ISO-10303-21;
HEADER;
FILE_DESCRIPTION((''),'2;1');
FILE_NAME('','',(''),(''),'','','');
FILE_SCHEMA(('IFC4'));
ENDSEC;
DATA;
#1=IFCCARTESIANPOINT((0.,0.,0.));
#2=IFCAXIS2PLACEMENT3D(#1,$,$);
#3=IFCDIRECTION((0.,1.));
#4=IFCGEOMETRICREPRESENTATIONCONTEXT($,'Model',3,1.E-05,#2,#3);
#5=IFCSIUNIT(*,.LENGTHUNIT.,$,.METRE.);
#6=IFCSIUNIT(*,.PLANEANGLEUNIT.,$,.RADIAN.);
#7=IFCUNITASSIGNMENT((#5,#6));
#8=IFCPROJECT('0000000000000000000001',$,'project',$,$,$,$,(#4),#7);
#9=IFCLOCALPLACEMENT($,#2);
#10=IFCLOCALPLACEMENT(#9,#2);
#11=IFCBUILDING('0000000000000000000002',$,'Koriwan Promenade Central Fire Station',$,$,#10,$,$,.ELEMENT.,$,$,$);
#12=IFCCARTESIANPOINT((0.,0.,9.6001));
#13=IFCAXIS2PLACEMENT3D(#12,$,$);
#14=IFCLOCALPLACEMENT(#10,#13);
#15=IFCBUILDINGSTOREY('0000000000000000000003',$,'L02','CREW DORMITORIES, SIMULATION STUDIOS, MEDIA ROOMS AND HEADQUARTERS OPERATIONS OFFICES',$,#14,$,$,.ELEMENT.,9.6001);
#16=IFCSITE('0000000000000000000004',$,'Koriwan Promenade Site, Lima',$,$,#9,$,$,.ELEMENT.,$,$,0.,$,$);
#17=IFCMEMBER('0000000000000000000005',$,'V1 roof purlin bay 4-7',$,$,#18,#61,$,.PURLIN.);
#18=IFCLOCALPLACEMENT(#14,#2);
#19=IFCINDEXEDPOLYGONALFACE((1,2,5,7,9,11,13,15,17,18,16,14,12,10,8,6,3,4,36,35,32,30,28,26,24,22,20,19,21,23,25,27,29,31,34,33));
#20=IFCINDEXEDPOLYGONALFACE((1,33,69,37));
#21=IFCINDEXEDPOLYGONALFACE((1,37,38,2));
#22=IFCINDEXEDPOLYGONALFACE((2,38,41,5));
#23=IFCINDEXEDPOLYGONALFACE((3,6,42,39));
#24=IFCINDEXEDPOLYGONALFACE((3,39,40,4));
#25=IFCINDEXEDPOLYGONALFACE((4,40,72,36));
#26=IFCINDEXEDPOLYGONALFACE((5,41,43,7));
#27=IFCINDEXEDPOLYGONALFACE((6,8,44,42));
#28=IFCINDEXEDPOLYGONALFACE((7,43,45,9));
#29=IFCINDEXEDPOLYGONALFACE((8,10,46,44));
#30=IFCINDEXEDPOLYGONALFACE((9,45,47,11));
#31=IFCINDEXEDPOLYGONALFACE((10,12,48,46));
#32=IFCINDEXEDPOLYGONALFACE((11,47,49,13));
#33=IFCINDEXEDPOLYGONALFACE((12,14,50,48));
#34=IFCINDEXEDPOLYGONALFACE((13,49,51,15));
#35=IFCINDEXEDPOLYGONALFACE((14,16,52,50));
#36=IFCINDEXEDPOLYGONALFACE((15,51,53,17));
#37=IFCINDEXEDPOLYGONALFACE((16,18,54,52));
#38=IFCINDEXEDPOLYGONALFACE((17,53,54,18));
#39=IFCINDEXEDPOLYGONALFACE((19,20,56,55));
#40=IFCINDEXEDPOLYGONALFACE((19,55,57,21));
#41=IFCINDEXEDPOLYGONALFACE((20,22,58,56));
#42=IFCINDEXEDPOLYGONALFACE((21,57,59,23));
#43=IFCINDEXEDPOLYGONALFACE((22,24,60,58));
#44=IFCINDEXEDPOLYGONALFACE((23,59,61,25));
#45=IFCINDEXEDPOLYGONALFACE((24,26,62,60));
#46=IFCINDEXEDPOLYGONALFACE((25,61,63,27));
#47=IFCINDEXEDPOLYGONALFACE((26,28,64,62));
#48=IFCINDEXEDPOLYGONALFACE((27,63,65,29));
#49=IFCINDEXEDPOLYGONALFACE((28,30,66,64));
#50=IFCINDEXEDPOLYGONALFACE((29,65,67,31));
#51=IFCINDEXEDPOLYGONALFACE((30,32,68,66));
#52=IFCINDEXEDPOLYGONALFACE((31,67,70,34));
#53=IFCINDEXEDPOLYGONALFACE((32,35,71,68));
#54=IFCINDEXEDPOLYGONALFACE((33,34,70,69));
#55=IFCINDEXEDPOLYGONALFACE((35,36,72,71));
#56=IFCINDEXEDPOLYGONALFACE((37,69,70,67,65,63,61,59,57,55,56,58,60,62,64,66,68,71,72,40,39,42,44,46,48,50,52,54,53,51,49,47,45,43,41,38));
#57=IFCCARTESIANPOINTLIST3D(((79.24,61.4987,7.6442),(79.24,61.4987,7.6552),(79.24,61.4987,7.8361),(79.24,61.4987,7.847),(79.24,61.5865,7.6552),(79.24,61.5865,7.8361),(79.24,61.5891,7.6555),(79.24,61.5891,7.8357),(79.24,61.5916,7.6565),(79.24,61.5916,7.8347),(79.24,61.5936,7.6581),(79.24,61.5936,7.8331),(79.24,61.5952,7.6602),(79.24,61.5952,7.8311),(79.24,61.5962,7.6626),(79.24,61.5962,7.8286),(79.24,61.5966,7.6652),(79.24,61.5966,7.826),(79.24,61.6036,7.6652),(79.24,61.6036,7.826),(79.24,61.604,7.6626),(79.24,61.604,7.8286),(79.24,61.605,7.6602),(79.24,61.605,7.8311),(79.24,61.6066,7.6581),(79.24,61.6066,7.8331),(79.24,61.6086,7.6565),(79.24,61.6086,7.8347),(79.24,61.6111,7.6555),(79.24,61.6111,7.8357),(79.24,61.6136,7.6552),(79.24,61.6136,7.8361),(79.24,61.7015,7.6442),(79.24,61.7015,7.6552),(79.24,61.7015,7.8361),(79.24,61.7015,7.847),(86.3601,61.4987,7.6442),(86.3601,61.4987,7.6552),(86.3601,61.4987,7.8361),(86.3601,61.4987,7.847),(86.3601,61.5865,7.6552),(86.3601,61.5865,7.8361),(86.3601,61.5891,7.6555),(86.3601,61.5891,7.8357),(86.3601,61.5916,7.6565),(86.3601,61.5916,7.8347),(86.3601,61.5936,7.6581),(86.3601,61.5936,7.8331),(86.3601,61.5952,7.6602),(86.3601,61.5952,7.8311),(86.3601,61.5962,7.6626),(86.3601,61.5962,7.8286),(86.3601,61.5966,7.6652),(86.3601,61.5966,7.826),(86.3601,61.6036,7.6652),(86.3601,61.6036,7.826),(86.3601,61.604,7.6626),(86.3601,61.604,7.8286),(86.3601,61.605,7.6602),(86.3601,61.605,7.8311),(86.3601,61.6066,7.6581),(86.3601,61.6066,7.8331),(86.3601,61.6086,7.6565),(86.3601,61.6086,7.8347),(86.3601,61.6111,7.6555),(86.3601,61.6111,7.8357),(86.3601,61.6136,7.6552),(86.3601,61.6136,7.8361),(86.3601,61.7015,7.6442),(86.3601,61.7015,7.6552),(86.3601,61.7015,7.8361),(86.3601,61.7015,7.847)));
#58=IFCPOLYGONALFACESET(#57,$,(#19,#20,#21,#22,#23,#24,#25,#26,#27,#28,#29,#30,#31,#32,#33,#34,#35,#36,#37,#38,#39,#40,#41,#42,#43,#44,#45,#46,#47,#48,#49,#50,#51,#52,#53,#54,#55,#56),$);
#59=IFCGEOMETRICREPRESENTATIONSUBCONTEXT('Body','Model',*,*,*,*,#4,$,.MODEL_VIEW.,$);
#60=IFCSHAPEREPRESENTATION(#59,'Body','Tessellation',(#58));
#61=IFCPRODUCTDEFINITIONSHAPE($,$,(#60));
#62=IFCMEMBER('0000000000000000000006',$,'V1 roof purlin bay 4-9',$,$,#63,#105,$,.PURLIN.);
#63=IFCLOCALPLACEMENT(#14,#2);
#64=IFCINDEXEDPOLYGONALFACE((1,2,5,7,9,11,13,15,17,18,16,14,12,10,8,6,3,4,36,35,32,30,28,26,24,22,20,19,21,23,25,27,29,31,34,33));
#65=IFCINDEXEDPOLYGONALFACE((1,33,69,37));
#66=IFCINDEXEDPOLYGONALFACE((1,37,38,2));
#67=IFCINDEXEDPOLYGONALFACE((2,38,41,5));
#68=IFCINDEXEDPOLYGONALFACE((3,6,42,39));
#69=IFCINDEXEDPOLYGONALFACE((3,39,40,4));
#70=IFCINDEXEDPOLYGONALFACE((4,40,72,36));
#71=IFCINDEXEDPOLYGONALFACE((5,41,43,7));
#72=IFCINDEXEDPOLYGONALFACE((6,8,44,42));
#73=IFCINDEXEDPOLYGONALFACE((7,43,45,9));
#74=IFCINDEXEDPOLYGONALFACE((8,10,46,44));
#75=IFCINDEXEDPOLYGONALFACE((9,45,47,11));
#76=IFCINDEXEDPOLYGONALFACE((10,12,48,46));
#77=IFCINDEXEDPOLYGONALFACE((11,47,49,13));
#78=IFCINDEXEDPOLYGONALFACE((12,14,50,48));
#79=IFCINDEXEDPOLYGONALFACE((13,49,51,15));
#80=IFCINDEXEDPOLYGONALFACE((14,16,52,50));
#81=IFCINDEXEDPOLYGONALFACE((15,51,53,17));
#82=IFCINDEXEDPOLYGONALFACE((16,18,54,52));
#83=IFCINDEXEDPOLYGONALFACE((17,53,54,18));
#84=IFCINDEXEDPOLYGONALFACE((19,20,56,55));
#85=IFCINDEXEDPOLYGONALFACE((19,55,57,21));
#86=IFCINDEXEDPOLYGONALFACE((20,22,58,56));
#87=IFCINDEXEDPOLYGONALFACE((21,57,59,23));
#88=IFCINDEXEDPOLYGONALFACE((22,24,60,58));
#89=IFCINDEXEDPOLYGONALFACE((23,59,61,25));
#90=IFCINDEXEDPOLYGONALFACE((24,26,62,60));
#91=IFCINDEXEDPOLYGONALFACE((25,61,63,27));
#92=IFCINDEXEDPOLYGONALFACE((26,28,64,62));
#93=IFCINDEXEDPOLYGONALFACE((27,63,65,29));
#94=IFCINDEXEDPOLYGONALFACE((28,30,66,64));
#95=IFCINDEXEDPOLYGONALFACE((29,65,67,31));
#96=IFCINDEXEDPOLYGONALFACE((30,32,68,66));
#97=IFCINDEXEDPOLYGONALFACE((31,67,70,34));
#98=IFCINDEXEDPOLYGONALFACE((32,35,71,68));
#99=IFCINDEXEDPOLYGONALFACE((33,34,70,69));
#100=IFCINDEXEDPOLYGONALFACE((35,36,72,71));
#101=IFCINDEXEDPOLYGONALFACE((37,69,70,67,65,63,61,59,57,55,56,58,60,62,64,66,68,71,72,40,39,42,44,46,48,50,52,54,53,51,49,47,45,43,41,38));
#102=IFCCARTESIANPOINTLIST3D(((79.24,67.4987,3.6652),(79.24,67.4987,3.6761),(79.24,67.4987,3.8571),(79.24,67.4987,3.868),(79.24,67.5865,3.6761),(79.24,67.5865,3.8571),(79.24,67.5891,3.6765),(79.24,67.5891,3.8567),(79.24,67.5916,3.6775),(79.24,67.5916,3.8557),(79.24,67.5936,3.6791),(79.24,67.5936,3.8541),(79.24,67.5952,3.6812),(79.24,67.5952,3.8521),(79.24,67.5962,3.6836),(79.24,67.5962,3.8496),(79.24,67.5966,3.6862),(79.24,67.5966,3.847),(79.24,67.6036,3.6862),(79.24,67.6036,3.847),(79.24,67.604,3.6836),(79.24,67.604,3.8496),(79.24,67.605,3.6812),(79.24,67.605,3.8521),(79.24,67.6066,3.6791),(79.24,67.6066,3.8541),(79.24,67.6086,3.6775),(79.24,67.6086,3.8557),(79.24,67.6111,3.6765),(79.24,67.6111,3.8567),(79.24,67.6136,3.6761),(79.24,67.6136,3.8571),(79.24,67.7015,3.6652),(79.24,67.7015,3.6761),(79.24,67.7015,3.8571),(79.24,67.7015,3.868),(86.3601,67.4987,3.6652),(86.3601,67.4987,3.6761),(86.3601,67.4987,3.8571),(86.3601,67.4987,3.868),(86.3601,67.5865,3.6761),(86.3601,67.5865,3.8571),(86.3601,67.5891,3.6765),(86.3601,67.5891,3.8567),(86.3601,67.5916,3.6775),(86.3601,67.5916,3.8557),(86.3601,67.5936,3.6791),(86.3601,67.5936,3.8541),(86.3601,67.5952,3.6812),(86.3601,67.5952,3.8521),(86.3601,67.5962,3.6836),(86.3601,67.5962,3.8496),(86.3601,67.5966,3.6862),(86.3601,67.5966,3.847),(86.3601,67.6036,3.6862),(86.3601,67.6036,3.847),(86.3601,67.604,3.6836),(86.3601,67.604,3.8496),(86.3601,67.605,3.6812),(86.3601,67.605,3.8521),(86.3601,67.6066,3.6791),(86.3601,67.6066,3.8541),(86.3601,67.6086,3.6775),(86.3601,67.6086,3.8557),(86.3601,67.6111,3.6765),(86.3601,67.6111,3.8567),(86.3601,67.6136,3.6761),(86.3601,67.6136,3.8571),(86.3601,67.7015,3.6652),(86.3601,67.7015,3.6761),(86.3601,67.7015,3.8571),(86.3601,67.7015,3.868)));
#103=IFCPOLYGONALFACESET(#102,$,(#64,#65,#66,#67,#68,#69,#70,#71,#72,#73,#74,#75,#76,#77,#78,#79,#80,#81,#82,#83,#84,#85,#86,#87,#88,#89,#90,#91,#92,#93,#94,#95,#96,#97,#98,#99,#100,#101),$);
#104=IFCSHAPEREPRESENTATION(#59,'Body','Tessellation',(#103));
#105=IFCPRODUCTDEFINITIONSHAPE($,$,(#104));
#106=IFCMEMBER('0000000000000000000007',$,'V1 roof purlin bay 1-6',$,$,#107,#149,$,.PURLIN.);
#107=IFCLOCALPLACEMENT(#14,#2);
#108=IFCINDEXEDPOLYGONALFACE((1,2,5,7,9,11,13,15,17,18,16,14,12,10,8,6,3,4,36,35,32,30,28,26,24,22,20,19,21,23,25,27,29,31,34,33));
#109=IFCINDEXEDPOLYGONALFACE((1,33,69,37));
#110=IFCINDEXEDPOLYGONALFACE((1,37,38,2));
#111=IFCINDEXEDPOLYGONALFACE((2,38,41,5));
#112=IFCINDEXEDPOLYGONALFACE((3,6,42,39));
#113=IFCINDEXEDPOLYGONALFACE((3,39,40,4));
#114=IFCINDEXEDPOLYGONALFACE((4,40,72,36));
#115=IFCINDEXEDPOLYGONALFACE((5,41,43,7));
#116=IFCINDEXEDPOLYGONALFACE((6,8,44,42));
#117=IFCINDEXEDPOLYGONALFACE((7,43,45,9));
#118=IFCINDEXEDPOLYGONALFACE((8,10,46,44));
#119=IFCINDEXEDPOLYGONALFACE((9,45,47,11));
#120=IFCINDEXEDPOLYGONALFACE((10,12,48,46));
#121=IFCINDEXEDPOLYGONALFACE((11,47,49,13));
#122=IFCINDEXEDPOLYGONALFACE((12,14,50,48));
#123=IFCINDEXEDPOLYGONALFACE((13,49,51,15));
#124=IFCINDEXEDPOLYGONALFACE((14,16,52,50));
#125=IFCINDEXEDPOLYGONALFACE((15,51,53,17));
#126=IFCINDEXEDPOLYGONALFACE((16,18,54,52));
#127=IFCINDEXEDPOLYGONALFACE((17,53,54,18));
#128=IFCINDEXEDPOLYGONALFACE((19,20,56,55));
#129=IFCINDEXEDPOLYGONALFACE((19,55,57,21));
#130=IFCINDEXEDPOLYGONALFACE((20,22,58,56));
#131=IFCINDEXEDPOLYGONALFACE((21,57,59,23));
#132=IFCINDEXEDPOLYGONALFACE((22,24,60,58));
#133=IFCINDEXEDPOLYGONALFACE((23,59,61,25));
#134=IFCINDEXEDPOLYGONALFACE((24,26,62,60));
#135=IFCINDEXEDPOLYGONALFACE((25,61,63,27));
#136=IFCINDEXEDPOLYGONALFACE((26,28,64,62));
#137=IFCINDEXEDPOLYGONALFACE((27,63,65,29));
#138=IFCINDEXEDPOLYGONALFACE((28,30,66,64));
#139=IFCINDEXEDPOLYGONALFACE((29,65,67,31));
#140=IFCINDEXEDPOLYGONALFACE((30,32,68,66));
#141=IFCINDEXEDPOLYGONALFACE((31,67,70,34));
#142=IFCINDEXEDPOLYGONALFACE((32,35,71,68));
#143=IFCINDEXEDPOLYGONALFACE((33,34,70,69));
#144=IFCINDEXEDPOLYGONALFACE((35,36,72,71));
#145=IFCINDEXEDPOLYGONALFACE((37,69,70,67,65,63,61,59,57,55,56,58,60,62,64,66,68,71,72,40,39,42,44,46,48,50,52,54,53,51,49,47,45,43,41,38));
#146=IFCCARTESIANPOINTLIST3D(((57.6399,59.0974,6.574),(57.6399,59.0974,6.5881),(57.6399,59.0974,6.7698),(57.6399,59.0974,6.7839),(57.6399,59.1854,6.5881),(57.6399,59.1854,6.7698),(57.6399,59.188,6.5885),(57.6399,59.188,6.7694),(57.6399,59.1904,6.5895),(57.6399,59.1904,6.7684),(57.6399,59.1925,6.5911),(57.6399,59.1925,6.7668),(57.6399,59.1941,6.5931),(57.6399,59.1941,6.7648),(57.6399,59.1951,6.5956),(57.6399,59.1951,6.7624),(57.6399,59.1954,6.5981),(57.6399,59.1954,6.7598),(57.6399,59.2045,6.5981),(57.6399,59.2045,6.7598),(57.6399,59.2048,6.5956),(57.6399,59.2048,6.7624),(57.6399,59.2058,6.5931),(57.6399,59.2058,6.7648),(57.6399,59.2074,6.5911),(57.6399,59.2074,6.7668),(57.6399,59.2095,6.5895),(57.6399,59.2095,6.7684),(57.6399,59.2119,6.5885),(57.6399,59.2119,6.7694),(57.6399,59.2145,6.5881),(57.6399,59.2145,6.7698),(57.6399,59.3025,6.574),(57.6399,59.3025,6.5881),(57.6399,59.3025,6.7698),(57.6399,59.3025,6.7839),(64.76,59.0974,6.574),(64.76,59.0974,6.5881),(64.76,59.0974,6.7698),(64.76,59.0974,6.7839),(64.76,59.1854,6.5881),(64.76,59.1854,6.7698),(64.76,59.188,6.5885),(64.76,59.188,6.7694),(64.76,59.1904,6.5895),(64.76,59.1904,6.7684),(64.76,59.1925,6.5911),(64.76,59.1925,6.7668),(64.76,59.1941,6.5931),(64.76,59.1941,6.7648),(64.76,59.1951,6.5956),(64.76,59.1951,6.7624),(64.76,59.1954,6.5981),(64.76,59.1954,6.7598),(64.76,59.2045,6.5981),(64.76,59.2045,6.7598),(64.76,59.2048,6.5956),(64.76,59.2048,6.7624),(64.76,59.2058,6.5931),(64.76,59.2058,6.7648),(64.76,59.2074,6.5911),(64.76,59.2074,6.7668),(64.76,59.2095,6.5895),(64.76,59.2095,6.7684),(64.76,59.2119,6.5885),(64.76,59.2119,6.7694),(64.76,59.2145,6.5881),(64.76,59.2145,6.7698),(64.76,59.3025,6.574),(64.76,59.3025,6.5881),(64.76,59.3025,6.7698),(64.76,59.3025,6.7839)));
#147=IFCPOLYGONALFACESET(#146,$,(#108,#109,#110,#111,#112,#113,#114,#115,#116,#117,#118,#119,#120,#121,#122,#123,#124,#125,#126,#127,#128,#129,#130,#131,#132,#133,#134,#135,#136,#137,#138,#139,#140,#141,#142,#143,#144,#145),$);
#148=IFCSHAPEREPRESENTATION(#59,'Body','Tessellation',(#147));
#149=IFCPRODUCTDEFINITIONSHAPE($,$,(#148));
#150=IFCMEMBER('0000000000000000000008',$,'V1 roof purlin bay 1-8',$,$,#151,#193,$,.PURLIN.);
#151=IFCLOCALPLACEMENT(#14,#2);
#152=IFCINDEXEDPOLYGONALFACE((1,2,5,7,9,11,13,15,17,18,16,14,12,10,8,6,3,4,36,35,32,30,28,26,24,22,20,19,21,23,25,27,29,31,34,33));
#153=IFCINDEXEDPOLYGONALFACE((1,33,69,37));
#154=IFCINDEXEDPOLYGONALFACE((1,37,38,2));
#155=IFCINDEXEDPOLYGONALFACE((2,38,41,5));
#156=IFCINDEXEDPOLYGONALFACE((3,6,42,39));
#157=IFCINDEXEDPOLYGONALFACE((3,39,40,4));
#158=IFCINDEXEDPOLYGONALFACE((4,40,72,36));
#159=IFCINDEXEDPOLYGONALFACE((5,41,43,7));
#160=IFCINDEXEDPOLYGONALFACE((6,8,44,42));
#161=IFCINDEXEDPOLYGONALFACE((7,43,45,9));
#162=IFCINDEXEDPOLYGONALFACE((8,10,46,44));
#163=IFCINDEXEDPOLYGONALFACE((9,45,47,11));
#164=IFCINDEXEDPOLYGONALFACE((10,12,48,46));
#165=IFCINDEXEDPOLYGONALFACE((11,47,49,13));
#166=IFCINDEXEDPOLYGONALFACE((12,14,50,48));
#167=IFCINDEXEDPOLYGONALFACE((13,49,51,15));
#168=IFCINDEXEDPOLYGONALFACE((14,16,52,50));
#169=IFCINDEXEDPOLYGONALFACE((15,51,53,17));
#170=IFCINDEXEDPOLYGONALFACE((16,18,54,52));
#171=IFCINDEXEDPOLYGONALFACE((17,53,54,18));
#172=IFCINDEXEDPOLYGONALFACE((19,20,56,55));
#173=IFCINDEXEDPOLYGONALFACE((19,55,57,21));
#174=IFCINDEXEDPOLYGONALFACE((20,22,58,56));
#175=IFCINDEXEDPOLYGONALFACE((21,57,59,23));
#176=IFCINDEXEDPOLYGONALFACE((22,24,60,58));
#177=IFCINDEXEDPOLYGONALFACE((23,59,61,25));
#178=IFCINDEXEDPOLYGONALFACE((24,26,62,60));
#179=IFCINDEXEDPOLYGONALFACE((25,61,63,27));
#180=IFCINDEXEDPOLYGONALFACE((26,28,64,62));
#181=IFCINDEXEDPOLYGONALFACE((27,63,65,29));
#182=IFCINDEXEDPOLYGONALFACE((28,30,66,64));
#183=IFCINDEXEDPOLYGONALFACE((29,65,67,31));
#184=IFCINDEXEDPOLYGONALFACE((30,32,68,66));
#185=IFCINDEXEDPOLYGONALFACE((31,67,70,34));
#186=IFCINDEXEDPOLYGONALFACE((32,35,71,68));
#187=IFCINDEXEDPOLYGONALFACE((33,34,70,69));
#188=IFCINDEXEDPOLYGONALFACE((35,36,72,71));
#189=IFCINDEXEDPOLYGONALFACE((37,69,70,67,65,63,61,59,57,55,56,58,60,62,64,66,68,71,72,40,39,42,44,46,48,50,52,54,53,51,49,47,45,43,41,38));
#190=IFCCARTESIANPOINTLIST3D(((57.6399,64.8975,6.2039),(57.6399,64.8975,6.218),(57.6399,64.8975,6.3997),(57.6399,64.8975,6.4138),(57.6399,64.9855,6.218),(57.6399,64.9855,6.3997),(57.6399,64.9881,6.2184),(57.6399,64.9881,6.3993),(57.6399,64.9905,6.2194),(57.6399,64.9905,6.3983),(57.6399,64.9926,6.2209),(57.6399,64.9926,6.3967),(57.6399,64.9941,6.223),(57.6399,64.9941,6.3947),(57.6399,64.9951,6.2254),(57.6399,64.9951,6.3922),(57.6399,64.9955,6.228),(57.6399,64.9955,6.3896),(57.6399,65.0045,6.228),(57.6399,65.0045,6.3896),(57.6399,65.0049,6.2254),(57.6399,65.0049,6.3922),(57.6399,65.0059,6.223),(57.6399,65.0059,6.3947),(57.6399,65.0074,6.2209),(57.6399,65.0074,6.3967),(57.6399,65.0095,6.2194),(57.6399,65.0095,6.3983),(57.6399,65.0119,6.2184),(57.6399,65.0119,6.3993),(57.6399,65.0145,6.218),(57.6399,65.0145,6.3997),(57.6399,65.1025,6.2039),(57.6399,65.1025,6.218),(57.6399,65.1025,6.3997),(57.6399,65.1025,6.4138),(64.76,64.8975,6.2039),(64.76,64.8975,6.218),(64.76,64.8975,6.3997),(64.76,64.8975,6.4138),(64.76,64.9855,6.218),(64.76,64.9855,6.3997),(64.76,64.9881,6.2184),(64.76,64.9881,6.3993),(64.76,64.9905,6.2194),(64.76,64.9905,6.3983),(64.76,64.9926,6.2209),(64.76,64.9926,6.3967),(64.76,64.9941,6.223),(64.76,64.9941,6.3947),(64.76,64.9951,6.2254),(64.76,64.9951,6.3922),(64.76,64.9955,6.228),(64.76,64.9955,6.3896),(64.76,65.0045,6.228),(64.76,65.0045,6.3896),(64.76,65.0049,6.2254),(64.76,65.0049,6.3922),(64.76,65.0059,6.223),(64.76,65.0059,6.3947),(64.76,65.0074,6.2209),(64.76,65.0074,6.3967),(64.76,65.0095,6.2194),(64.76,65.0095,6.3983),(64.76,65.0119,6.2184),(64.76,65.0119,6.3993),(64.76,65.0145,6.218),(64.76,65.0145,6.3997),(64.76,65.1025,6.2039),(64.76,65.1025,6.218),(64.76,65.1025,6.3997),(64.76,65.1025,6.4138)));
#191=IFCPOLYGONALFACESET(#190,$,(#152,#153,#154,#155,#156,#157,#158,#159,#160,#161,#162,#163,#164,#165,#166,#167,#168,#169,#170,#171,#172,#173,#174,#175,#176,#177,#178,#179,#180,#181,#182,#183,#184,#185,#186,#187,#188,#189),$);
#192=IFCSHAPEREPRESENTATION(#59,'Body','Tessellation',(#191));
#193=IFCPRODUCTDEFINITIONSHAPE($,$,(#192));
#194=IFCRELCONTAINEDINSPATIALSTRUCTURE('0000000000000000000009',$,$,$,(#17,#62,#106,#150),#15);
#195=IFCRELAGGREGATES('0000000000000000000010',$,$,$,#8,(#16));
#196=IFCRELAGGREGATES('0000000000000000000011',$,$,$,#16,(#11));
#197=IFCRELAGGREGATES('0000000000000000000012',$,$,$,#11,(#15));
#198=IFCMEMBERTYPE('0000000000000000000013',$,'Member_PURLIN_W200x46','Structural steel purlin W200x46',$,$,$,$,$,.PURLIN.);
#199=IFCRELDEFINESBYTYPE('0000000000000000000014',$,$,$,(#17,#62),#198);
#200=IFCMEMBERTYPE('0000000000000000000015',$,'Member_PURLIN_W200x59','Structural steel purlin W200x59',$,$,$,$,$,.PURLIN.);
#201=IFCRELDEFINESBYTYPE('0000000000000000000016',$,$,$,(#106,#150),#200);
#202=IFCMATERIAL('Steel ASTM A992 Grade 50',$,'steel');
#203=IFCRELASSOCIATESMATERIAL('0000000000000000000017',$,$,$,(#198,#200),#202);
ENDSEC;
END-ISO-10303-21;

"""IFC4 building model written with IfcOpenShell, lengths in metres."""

from ifc_helpers import new_model, si_unit, direction, frame, origin, origin_2d, place, context, subcontext, project, spatial, i_section, extrude, material, material_profile, profile_set, type_object, element, save


model = new_model("IFC4")

# Units and contexts
model_context = context("Model", 3, precision=1e-05, world=origin(), true_north=direction((0.0, 1.0)))
body_context = subcontext(model_context, "Body", "Model", "MODEL_VIEW")
ifc_project = project(units=[si_unit("LENGTHUNIT", "METRE"), si_unit("PLANEANGLEUNIT", "RADIAN")], contexts=[model_context])

# Site, building, storey
site_placement = place(None, origin())
site = spatial("IfcSite", under=ifc_project, at=site_placement, Name="Koriwan Promenade Site, Lima", CompositionType="ELEMENT", RefElevation=0.0)
building_placement = place(site_placement, origin())
building = spatial("IfcBuilding", under=site, at=building_placement, Name="Koriwan Promenade Central Fire Station", CompositionType="ELEMENT")
storey_placement = place(building_placement, frame((0.0, 0.0, 9.6001)))
storey = spatial("IfcBuildingStorey", under=building, at=storey_placement, Name="L02", Description="CREW DORMITORIES, SIMULATION STUDIOS, MEDIA ROOMS AND HEADQUARTERS OPERATIONS OFFICES", CompositionType="ELEMENT", Elevation=9.6001)

# Members
ifc_material_1 = material(Name="Steel ASTM A992 Grade 50", Category="steel")
ifc_material_profile_1 = material_profile(ifc_material_1, i_section(OverallWidth=0.2029, OverallDepth=0.2029, WebThickness=0.0071, FlangeThickness=0.011, FilletRadius=0.01, at=origin_2d()), Name="W200x46")
ifc_profile_set_1 = profile_set([ifc_material_profile_1], Name="Steel ASTM A992 Grade 50")
member_type_1 = type_object("IfcMemberType", Name="Member_PURLIN_W200x46", Description="Structural steel purlin W200x46", PredefinedType="PURLIN", material=ifc_profile_set_1)
for number, where, z_axis, x_axis, name in (
    (1, (79.24, 61.6001, 7.7456), (1.0, 0.0, 0.0), (0.0, 1.0, 0.0), "V1 roof purlin bay 4-7"),
    (2, (79.24, 67.6001, 3.7666), (1.0, 0.0, 0.0), (0.0, 1.0, 0.0), "V1 roof purlin bay 4-9"),
):
    element("IfcMember", number, at=place(storey_placement, frame(where, z_axis=z_axis, x_axis=x_axis)), inside=storey, type_object=member_type_1, Name=name, PredefinedType="PURLIN", context=body_context, shape_type="SweptSolid", body=[
        extrude(i_section(OverallWidth=0.2029, OverallDepth=0.2029, WebThickness=0.0071, FlangeThickness=0.011, FilletRadius=0.01, at=origin_2d()), origin(), (0.0, 0.0, 1.0), 7.1201),
    ])
ifc_material_profile_2 = material_profile(ifc_material_1, i_section(OverallWidth=0.2051, OverallDepth=0.21, WebThickness=0.009, FlangeThickness=0.0142, FilletRadius=0.01, at=origin_2d()), Name="W200x59")
ifc_profile_set_2 = profile_set([ifc_material_profile_2], Name="Steel ASTM A992 Grade 50")
member_type_2 = type_object("IfcMemberType", Name="Member_PURLIN_W200x59", Description="Structural steel purlin W200x59", PredefinedType="PURLIN", material=ifc_profile_set_2)
for number, where, z_axis, x_axis, name in (
    (3, (57.6399, 59.2, 6.679), (1.0, 0.0, 0.0), (0.0, 1.0, 0.0), "V1 roof purlin bay 1-6"),
    (4, (57.6399, 65.0, 6.3088), (1.0, 0.0, 0.0), (0.0, 1.0, 0.0), "V1 roof purlin bay 1-8"),
):
    element("IfcMember", number, at=place(storey_placement, frame(where, z_axis=z_axis, x_axis=x_axis)), inside=storey, type_object=member_type_2, Name=name, PredefinedType="PURLIN", context=body_context, shape_type="SweptSolid", body=[
        extrude(i_section(OverallWidth=0.2051, OverallDepth=0.21, WebThickness=0.009, FlangeThickness=0.0142, FilletRadius=0.01, at=origin_2d()), origin(), (0.0, 0.0, 1.0), 7.1201),
    ])

save(model, "model.ifc")
